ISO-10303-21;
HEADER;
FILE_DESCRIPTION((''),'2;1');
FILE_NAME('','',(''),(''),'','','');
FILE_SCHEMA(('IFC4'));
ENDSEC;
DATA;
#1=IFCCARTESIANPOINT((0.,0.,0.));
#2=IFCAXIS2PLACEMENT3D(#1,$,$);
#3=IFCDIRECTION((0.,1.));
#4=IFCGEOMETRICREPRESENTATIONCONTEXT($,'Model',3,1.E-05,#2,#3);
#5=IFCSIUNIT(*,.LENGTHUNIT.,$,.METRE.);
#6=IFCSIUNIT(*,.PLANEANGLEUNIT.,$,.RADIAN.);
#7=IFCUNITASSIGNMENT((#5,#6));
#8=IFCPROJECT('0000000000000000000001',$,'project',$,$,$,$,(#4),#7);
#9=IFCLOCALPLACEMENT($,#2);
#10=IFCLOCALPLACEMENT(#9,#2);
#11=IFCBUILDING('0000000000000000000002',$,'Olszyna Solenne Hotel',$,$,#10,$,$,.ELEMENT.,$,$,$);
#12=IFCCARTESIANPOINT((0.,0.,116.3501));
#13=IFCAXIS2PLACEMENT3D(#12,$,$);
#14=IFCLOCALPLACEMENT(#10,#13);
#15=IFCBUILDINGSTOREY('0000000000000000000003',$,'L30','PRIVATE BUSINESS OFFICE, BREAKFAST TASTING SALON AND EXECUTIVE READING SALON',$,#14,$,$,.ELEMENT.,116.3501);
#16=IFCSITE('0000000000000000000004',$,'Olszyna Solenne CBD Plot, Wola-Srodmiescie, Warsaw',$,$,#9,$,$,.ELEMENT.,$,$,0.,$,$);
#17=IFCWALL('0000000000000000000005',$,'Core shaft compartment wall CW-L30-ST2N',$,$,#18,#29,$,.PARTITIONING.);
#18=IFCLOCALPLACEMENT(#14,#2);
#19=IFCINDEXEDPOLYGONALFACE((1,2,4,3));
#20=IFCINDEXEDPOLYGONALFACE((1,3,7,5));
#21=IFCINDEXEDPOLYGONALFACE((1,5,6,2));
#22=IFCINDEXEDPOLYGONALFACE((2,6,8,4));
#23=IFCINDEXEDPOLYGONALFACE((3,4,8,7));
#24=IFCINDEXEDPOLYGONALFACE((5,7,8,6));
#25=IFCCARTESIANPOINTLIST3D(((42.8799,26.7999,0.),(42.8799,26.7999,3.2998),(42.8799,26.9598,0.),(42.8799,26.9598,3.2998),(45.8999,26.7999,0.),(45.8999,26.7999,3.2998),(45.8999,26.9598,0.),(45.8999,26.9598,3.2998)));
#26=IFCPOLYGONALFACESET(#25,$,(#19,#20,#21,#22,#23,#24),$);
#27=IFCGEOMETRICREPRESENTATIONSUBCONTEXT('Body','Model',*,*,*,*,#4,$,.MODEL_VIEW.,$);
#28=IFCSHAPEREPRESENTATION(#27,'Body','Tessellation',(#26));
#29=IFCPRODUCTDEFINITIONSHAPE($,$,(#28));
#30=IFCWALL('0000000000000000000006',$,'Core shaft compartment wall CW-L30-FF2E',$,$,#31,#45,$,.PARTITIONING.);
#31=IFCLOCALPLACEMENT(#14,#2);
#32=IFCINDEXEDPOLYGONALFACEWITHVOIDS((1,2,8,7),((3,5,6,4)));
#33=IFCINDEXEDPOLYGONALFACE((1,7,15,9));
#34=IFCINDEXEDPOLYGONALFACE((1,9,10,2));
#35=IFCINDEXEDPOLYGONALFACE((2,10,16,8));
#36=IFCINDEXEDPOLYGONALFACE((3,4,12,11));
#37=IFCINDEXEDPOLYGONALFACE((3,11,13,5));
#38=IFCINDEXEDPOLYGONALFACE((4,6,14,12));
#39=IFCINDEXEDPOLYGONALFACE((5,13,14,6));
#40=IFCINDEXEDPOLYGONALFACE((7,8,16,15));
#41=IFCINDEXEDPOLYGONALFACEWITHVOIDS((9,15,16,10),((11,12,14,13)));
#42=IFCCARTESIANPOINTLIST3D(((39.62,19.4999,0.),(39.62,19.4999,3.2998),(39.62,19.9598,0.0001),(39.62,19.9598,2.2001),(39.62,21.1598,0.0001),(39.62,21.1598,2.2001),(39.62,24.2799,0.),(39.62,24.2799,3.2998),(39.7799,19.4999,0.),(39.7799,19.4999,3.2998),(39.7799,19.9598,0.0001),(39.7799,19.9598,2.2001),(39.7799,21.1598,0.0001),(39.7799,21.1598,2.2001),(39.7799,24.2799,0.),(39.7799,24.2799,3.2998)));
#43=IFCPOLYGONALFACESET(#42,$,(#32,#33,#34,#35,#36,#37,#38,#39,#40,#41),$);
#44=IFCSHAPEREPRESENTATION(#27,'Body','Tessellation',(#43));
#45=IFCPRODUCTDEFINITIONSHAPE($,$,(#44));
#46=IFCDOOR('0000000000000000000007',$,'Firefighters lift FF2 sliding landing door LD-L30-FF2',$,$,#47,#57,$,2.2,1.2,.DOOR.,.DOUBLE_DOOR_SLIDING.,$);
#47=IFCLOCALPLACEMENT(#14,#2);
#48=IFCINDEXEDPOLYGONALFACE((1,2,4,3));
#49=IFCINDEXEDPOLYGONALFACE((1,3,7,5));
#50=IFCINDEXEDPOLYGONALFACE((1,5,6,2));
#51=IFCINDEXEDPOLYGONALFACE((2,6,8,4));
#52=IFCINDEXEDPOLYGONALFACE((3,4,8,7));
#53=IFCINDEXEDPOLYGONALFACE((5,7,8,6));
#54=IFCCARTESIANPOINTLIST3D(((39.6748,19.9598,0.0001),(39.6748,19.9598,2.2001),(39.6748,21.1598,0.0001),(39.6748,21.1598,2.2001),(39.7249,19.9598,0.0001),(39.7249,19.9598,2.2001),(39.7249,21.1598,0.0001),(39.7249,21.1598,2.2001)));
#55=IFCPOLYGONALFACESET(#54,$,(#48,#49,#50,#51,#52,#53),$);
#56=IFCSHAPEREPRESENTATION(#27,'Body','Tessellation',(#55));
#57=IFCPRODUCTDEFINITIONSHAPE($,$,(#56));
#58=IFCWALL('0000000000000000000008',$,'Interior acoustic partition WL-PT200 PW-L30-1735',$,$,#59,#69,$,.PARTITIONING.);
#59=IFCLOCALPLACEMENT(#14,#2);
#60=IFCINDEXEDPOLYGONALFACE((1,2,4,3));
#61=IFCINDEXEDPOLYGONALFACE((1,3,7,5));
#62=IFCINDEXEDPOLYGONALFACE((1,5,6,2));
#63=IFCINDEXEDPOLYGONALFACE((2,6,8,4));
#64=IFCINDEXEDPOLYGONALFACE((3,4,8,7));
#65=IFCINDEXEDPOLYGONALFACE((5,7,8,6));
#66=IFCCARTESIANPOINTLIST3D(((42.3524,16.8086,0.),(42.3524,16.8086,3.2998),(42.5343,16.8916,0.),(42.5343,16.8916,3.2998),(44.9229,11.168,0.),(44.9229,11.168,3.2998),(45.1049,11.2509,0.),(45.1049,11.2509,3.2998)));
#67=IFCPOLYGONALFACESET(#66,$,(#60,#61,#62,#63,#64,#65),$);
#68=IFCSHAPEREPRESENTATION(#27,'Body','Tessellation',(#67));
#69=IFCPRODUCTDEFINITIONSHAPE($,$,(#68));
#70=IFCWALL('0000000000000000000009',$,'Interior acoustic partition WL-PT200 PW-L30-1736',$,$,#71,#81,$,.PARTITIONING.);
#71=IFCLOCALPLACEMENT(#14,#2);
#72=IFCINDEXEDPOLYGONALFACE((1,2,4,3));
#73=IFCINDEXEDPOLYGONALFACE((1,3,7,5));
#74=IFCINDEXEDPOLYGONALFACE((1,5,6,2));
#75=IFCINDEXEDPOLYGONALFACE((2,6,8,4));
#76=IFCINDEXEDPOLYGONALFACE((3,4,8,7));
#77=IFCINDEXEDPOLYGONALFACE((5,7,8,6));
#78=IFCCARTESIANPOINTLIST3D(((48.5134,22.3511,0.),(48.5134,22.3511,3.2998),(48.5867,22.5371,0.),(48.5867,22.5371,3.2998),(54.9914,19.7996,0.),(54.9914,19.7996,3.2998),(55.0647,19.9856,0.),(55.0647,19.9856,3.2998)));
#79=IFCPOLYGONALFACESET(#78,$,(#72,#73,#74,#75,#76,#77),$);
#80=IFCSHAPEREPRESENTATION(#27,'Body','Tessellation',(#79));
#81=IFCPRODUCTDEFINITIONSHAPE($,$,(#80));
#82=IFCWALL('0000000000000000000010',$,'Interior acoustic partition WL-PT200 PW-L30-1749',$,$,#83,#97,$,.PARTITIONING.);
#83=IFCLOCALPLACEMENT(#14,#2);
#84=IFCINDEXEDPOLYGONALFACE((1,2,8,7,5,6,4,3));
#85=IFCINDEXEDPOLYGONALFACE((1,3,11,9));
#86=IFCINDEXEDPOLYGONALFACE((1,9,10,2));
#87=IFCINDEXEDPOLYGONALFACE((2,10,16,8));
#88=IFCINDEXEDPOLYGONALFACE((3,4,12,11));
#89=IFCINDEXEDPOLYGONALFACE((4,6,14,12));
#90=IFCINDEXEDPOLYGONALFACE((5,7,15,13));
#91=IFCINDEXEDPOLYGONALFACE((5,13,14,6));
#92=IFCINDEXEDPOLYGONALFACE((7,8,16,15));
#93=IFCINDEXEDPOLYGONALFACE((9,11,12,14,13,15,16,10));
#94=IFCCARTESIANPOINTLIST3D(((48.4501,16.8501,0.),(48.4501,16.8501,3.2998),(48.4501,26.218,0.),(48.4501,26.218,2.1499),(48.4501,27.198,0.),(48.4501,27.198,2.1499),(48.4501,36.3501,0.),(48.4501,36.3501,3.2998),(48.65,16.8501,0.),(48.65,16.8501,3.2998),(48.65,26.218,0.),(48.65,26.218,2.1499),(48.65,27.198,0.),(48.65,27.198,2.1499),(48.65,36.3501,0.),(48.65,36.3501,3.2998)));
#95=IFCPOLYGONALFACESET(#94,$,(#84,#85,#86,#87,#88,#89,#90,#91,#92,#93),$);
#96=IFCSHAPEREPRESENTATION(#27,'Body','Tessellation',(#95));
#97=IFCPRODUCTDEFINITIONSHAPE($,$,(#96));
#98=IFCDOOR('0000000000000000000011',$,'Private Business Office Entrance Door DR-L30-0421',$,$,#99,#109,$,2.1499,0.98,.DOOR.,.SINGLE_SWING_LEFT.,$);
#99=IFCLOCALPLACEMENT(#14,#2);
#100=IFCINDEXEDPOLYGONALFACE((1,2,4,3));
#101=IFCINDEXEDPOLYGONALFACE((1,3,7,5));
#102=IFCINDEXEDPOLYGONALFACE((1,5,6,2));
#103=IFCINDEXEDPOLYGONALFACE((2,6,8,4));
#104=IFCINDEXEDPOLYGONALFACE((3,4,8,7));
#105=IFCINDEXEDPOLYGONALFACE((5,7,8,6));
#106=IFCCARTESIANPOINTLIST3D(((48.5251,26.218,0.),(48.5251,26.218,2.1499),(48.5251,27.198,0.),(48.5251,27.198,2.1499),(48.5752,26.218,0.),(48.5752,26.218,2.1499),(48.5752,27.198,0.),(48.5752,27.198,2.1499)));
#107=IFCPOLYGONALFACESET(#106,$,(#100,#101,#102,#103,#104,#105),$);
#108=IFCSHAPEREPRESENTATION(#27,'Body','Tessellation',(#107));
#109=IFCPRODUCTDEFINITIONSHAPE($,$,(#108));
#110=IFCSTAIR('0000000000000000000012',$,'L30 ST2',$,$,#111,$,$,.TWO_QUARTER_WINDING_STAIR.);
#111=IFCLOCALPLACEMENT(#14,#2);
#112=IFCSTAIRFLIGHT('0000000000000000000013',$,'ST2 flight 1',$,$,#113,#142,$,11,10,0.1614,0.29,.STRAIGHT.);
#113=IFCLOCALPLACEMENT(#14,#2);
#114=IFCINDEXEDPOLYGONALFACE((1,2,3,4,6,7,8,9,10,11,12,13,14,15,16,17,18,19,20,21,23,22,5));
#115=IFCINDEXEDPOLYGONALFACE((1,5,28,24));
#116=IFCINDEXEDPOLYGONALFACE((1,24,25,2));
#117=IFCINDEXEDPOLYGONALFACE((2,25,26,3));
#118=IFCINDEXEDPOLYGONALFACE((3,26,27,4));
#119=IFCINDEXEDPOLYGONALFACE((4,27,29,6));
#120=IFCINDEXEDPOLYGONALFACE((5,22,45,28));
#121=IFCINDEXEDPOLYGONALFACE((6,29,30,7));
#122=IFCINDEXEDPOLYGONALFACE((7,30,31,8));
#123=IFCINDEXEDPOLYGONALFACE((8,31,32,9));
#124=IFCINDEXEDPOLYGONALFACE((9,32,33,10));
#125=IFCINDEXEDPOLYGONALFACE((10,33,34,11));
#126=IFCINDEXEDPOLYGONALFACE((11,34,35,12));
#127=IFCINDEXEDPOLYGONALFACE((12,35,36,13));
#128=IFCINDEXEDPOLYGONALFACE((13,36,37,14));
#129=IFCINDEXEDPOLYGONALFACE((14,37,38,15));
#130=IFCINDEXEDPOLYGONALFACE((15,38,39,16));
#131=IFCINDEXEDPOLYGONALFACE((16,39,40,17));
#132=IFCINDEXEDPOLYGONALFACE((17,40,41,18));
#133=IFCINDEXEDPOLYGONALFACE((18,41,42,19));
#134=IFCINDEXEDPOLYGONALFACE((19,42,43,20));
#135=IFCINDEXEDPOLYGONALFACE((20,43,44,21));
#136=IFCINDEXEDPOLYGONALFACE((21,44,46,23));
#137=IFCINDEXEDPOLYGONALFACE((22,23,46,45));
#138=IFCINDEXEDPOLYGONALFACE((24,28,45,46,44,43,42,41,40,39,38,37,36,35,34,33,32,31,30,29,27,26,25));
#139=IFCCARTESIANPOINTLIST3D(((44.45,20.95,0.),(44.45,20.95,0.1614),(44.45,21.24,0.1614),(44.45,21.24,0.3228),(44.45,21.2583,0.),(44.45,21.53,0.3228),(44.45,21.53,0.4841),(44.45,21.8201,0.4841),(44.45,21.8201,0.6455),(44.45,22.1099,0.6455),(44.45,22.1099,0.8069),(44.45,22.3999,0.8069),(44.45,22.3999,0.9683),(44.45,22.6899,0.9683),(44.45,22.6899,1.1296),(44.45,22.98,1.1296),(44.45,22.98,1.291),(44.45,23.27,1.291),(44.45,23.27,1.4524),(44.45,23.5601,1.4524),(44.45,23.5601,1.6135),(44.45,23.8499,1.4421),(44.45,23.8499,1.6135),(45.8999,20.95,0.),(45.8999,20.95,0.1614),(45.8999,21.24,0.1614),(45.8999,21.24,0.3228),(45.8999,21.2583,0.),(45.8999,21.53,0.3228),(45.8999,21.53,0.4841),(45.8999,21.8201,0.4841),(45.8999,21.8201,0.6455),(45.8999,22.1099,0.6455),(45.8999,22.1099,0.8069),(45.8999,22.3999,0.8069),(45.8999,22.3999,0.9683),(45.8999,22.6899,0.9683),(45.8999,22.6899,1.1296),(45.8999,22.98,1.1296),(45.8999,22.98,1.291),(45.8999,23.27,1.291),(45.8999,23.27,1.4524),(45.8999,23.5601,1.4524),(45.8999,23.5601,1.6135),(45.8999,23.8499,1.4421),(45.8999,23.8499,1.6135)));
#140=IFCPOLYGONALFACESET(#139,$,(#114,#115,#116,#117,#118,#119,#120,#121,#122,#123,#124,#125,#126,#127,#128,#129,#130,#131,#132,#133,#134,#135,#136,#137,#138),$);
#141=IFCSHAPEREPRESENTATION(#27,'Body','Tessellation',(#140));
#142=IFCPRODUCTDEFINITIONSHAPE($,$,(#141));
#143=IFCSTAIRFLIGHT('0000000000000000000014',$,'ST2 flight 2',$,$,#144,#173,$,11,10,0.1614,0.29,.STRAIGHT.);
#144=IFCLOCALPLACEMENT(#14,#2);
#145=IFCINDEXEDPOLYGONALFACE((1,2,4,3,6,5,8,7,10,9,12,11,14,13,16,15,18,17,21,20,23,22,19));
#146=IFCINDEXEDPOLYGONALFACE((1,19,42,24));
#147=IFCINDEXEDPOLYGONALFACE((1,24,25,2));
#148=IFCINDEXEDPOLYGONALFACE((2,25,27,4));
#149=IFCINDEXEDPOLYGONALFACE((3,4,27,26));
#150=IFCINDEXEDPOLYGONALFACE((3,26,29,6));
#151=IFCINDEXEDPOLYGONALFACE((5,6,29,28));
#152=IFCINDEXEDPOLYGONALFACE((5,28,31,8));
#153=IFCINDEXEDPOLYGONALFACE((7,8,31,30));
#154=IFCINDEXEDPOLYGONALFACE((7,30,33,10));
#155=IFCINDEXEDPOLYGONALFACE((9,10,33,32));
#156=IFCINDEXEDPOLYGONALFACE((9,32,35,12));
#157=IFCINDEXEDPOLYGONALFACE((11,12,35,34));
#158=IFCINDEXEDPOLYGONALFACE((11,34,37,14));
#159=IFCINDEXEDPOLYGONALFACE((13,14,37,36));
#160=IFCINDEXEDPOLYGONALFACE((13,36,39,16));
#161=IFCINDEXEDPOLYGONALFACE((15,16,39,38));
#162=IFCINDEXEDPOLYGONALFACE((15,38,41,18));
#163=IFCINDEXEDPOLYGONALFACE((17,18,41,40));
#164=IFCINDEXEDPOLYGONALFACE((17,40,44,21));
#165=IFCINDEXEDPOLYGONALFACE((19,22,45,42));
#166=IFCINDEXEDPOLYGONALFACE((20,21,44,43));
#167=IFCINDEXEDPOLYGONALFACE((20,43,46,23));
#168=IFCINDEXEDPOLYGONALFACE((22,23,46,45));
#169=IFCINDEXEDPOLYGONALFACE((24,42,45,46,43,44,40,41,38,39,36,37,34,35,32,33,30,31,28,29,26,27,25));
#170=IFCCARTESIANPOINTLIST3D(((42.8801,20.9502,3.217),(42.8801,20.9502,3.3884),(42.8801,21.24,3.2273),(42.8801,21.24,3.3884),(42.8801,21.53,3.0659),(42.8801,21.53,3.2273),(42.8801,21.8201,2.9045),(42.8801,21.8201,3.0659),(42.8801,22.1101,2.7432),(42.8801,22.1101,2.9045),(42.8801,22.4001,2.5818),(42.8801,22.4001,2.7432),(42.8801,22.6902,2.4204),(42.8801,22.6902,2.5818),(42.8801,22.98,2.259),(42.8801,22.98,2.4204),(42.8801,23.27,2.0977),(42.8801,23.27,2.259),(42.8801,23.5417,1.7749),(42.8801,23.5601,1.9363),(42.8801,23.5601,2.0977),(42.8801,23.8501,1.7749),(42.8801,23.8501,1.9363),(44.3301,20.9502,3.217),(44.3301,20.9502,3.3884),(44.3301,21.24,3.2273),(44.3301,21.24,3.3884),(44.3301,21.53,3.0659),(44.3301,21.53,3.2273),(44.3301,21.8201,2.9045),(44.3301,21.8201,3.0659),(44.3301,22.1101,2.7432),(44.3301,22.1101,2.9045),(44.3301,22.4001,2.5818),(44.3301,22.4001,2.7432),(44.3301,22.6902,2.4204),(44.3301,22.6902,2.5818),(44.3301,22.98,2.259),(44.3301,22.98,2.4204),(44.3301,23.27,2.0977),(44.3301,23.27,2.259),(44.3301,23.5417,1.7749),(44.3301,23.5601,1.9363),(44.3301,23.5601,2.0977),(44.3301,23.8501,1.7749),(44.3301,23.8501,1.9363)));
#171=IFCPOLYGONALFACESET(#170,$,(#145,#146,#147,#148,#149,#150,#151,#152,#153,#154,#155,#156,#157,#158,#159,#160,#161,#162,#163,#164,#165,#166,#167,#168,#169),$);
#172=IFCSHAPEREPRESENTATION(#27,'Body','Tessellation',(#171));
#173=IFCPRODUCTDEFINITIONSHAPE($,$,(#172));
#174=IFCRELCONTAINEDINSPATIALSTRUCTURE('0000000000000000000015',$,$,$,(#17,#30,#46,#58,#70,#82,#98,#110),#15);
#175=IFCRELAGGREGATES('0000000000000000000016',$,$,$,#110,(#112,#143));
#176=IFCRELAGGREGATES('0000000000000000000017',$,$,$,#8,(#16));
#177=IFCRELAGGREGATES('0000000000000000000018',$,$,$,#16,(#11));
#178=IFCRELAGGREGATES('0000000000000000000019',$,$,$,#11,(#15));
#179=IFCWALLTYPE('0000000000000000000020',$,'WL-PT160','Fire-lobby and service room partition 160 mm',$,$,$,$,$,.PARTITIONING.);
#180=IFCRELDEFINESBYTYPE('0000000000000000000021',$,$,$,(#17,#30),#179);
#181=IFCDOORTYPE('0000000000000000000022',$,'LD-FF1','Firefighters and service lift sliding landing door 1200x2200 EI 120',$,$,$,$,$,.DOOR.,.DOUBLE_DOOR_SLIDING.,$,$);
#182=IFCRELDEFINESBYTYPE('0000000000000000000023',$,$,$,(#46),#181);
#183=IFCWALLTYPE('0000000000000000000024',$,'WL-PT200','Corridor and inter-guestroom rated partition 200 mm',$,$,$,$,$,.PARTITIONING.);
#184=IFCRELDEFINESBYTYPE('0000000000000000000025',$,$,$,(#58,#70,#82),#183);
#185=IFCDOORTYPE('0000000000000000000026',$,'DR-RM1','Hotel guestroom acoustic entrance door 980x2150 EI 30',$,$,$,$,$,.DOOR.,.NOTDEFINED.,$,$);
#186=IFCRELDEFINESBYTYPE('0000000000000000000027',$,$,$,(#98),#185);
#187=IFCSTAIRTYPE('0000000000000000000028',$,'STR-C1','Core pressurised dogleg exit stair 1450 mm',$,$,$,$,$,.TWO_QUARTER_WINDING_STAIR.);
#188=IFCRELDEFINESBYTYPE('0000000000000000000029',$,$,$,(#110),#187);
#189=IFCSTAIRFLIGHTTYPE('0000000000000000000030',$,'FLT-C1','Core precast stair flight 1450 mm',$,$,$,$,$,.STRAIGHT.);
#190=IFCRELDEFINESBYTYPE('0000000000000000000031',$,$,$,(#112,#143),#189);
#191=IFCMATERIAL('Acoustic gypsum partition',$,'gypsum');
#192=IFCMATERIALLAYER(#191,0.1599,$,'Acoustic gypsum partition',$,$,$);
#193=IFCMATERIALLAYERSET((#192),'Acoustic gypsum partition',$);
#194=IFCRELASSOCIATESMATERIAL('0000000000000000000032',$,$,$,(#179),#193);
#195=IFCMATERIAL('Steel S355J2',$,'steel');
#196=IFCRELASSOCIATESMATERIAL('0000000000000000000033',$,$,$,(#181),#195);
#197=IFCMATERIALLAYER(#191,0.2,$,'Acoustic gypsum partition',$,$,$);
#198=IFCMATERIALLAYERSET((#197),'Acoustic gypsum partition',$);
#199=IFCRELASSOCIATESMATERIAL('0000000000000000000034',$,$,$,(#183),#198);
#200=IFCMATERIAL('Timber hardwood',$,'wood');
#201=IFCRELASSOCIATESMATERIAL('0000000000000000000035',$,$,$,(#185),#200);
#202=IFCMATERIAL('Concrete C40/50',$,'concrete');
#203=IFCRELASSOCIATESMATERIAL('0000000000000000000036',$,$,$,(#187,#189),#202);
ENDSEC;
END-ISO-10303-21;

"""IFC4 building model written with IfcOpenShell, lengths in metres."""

from ifc_helpers import new_model, si_unit, direction, frame, frame_2d, origin, place, context, subcontext, project, spatial, polyline, rectangle, outline, extrude, source, transform, mapped, material, layer, layer_set, type_object, type_shapes, element, fill, aggregate, save


model = new_model("IFC4")

# Units and contexts
model_context = context("Model", 3, precision=1e-05, world=origin(), true_north=direction((0.0, 1.0)))
body_context = subcontext(model_context, "Body", "Model", "MODEL_VIEW")
ifc_project = project(units=[si_unit("LENGTHUNIT", "METRE"), si_unit("PLANEANGLEUNIT", "RADIAN")], contexts=[model_context])

# Site, building, storey
site_placement = place(None, origin())
site = spatial("IfcSite", under=ifc_project, at=site_placement, Name="Olszyna Solenne CBD Plot, Wola-Srodmiescie, Warsaw", CompositionType="ELEMENT", RefElevation=0.0)
building_placement = place(site_placement, origin())
building = spatial("IfcBuilding", under=site, at=building_placement, Name="Olszyna Solenne Hotel", CompositionType="ELEMENT")
storey_placement = place(building_placement, frame((0.0, 0.0, 116.3501)))
storey = spatial("IfcBuildingStorey", under=building, at=storey_placement, Name="L30", Description="PRIVATE BUSINESS OFFICE, BREAKFAST TASTING SALON AND EXECUTIVE READING SALON", CompositionType="ELEMENT", Elevation=116.3501)

# Shared definitions
ifc_material_1 = material(Name="Steel S355J2", Category="steel")

# Shared definitions
ifc_material_2 = material(Name="Acoustic gypsum partition", Category="gypsum")

# Shared definitions
ifc_layer_1 = layer(ifc_material_2, 0.1599, Name="Acoustic gypsum partition")
ifc_layer_set_1 = layer_set([ifc_layer_1], Name="Acoustic gypsum partition")
wall_type_1 = type_object("IfcWallType", Name="WL-PT160", Description="Fire-lobby and service room partition 160 mm", PredefinedType="PARTITIONING", material=ifc_layer_set_1)

# Wall
wall_1_placement = place(storey_placement, frame((42.8799, 26.8799, 0.0), z_axis=(0.0, 0.0, 1.0), x_axis=(1.0, 0.0, 0.0)))
element("IfcWall", 1, at=wall_1_placement, inside=storey, type_object=wall_type_1, Name="Core shaft compartment wall CW-L30-ST2N", PredefinedType="PARTITIONING", context=body_context, shape_type="SweptSolid", body=[
    extrude(rectangle(XDim=3.02, YDim=0.1599, at=frame_2d((1.51, 0.0))), origin(), (0.0, 0.0, 1.0), 3.2998),
])

# Wall, opening, door
wall_2_placement = place(storey_placement, frame((39.7, 24.28, 0.0), z_axis=(0.0, 0.0, 1.0), x_axis=(0.0, -1.0, 0.0)))
wall_2 = element("IfcWall", 2, at=wall_2_placement, inside=storey, type_object=wall_type_1, Name="Core shaft compartment wall CW-L30-FF2E", PredefinedType="PARTITIONING", context=body_context, shape_type="SweptSolid", body=[
    extrude(rectangle(XDim=4.78, YDim=0.1599, at=frame_2d((2.3901, 0.0))), origin(), (0.0, 0.0, 1.0), 3.2998),
])
opening_1_placement = place(wall_2_placement, frame((3.1201, 0.0, 0.0)))
opening_1 = element("IfcOpeningElement", 3, at=opening_1_placement, cuts=wall_2, PredefinedType="OPENING", context=body_context, shape_type="SweptSolid", body=[
    extrude(rectangle(XDim=1.2, YDim=2.2, at=frame_2d((0.6001, 1.1001))), frame((0.0, 0.0898, 0.0), z_axis=(0.0, -1.0, 0.0), x_axis=(1.0, 0.0, 0.0)), (0.0, 0.0, 1.0), 0.1799),
])
door_type_1 = type_object("IfcDoorType", Name="LD-FF1", Description="Firefighters and service lift sliding landing door 1200x2200 EI 120", OperationType="DOUBLE_DOOR_SLIDING", PredefinedType="DOOR", material=ifc_material_1)
shared_shape_1 = source(origin(), body_context, "Body", "SweptSolid", [
    extrude(rectangle(XDim=1.2, YDim=2.2, at=frame_2d((0.6001, 1.1001))), frame((0.0, 0.0249, 0.0), z_axis=(0.0, -1.0, 0.0), x_axis=(1.0, 0.0, 0.0)), (0.0, 0.0, 1.0), 0.05),
])
type_shapes(door_type_1, [shared_shape_1])
door_1_placement = place(opening_1_placement, origin())
door_1 = element("IfcDoor", 4, at=door_1_placement, inside=storey, type_object=door_type_1, Name="Firefighters lift FF2 sliding landing door LD-L30-FF2", OperationType="DOUBLE_DOOR_SLIDING", OverallHeight=2.2, OverallWidth=1.2, PredefinedType="DOOR", context=body_context, shape_type="MappedRepresentation", body=[
    mapped(shared_shape_1, transform((0.0, 0.0, 0.0), x_axis=(1.0, 0.0, 0.0), y_axis=(0.0, 1.0, 0.0), z_axis=(0.0, 0.0, 1.0), scale=1.0)),
])
fill(opening_1, door_1)

# Walls
ifc_layer_2 = layer(ifc_material_2, 0.2, Name="Acoustic gypsum partition")
ifc_layer_set_2 = layer_set([ifc_layer_2], Name="Acoustic gypsum partition")
wall_type_2 = type_object("IfcWallType", Name="WL-PT200", Description="Corridor and inter-guestroom rated partition 200 mm", PredefinedType="PARTITIONING", material=ifc_layer_set_2)
wall_3_placement = place(storey_placement, frame((42.4434, 16.8501, 0.0), z_axis=(0.0, 0.0, 1.0), x_axis=(0.41469, -0.909963, 0.0)))
element("IfcWall", 5, at=wall_3_placement, inside=storey, type_object=wall_type_2, Name="Interior acoustic partition WL-PT200 PW-L30-1735", PredefinedType="PARTITIONING", context=body_context, shape_type="SweptSolid", body=[
    extrude(rectangle(XDim=6.1987, YDim=0.2, at=frame_2d((3.0994, 0.0))), origin(), (0.0, 0.0, 1.0), 3.2998),
])
wall_4_placement = place(storey_placement, frame((48.55, 22.4441, 0.0), z_axis=(0.0, 0.0, 1.0), x_axis=(0.93043, -0.36647, 0.0)))
element("IfcWall", 6, at=wall_4_placement, inside=storey, type_object=wall_type_2, Name="Interior acoustic partition WL-PT200 PW-L30-1736", PredefinedType="PARTITIONING", context=body_context, shape_type="SweptSolid", body=[
    extrude(rectangle(XDim=6.9624, YDim=0.2, at=frame_2d((3.4812, 0.0))), origin(), (0.0, 0.0, 1.0), 3.2998),
])

# Wall, opening, door
wall_5_placement = place(storey_placement, frame((48.55, 16.8501, 0.0), z_axis=(0.0, 0.0, 1.0), x_axis=(0.0, 1.0, 0.0)))
wall_5 = element("IfcWall", 7, at=wall_5_placement, inside=storey, type_object=wall_type_2, Name="Interior acoustic partition WL-PT200 PW-L30-1749", PredefinedType="PARTITIONING", context=body_context, shape_type="SweptSolid", body=[
    extrude(rectangle(XDim=19.5, YDim=0.2, at=frame_2d((9.75, 0.0))), origin(), (0.0, 0.0, 1.0), 3.2998),
])
opening_2_placement = place(wall_5_placement, frame((9.3679, 0.0, 0.0)))
opening_2 = element("IfcOpeningElement", 8, at=opening_2_placement, cuts=wall_5, PredefinedType="OPENING", context=body_context, shape_type="SweptSolid", body=[
    extrude(rectangle(XDim=0.98, YDim=2.1499, at=frame_2d((0.49, 1.075))), frame((0.0, 0.1099, 0.0), z_axis=(0.0, -1.0, 0.0), x_axis=(1.0, 0.0, 0.0)), (0.0, 0.0, 1.0), 0.22),
])
ifc_material_3 = material(Name="Timber hardwood", Category="wood")
door_type_2 = type_object("IfcDoorType", Name="DR-RM1", Description="Hotel guestroom acoustic entrance door 980x2150 EI 30", OperationType="NOTDEFINED", PredefinedType="DOOR", material=ifc_material_3)
shared_shape_2 = source(origin(), body_context, "Body", "SweptSolid", [
    extrude(rectangle(XDim=0.98, YDim=2.1499, at=frame_2d((0.49, 1.075))), frame((0.0, 0.0249, 0.0), z_axis=(0.0, -1.0, 0.0), x_axis=(1.0, 0.0, 0.0)), (0.0, 0.0, 1.0), 0.05),
])
type_shapes(door_type_2, [shared_shape_2])
door_2_placement = place(opening_2_placement, origin())
door_2 = element("IfcDoor", 9, at=door_2_placement, inside=storey, type_object=door_type_2, Name="Private Business Office Entrance Door DR-L30-0421", OperationType="SINGLE_SWING_LEFT", OverallHeight=2.1499, OverallWidth=0.98, PredefinedType="DOOR", context=body_context, shape_type="MappedRepresentation", body=[
    mapped(shared_shape_2, transform((0.0, 0.0, 0.0), x_axis=(1.0, 0.0, 0.0), y_axis=(0.0, 1.0, 0.0), z_axis=(0.0, 0.0, 1.0), scale=1.0)),
])
fill(opening_2, door_2)

# Stair, stair flights
ifc_material_4 = material(Name="Concrete C40/50", Category="concrete")
stair_type = type_object("IfcStairType", Name="STR-C1", Description="Core pressurised dogleg exit stair 1450 mm", PredefinedType="TWO_QUARTER_WINDING_STAIR", material=ifc_material_4)
stair_placement = place(storey_placement, origin())
stair = element("IfcStair", 10, at=stair_placement, inside=storey, type_object=stair_type, Name="L30 ST2", PredefinedType="TWO_QUARTER_WINDING_STAIR")
stair_flight_type = type_object("IfcStairFlightType", Name="FLT-C1", Description="Core precast stair flight 1450 mm", PredefinedType="STRAIGHT", material=ifc_material_4)
stair_flight_1_placement = place(storey_placement, frame((45.175, 20.95, 0.0), z_axis=(0.0, 0.0, 1.0), x_axis=(0.0, 1.0, 0.0)))
stair_flight_1 = element("IfcStairFlight", 11, at=stair_flight_1_placement, type_object=stair_flight_type, Name="ST2 flight 1", NumberOfRisers=11, NumberOfTreads=10, PredefinedType="STRAIGHT", RiserHeight=0.1614, TreadLength=0.29, context=body_context, shape_type="SweptSolid", body=[
    extrude(outline(polyline([(0.0, 0.0), (0.0, 0.1614), (0.29, 0.1614), (0.29, 0.3228), (0.5801, 0.3228), (0.5801, 0.4841), (0.8701, 0.4841), (0.8701, 0.6455), (1.1599, 0.6455), (1.1599, 0.8069), (1.45, 0.8069), (1.45, 0.9683), (1.74, 0.9683), (1.74, 1.1296), (2.03, 1.1296), (2.03, 1.291), (2.3201, 1.291), (2.3201, 1.4524), (2.6101, 1.4524), (2.6101, 1.6135), (2.8999, 1.6135), (2.8999, 1.7749), (2.8999, 1.4421), (0.3083, 0.0), (0.0, 0.0)])), frame((0.0, 0.7251, 0.0), z_axis=(0.0, -1.0, 0.0), x_axis=(1.0, 0.0, 0.0)), (0.0, 0.0, 1.0), 1.45),
])
stair_flight_2_placement = place(storey_placement, frame((43.605, 23.8501, 1.7749), z_axis=(0.0, 0.0, 1.0), x_axis=(0.0, -1.0, 0.0)))
stair_flight_2 = element("IfcStairFlight", 12, at=stair_flight_2_placement, type_object=stair_flight_type, Name="ST2 flight 2", NumberOfRisers=11, NumberOfTreads=10, PredefinedType="STRAIGHT", RiserHeight=0.1614, TreadLength=0.29, context=body_context, shape_type="SweptSolid", body=[
    extrude(outline(polyline([(0.0, 0.0), (0.0, 0.1614), (0.29, 0.1614), (0.29, 0.3228), (0.5801, 0.3228), (0.5801, 0.4841), (0.8701, 0.4841), (0.8701, 0.6455), (1.1599, 0.6455), (1.1599, 0.8069), (1.45, 0.8069), (1.45, 0.9683), (1.74, 0.9683), (1.74, 1.1296), (2.03, 1.1296), (2.03, 1.291), (2.3201, 1.291), (2.3201, 1.4524), (2.6101, 1.4524), (2.6101, 1.6135), (2.8999, 1.6135), (2.8999, 1.7749), (2.8999, 1.4421), (0.3083, 0.0), (0.0, 0.0)])), frame((0.0, 0.7251, 0.0), z_axis=(0.0, -1.0, 0.0), x_axis=(1.0, 0.0, 0.0)), (0.0, 0.0, 1.0), 1.45),
])
aggregate(stair, [stair_flight_1, stair_flight_2])

save(model, "model.ifc")
